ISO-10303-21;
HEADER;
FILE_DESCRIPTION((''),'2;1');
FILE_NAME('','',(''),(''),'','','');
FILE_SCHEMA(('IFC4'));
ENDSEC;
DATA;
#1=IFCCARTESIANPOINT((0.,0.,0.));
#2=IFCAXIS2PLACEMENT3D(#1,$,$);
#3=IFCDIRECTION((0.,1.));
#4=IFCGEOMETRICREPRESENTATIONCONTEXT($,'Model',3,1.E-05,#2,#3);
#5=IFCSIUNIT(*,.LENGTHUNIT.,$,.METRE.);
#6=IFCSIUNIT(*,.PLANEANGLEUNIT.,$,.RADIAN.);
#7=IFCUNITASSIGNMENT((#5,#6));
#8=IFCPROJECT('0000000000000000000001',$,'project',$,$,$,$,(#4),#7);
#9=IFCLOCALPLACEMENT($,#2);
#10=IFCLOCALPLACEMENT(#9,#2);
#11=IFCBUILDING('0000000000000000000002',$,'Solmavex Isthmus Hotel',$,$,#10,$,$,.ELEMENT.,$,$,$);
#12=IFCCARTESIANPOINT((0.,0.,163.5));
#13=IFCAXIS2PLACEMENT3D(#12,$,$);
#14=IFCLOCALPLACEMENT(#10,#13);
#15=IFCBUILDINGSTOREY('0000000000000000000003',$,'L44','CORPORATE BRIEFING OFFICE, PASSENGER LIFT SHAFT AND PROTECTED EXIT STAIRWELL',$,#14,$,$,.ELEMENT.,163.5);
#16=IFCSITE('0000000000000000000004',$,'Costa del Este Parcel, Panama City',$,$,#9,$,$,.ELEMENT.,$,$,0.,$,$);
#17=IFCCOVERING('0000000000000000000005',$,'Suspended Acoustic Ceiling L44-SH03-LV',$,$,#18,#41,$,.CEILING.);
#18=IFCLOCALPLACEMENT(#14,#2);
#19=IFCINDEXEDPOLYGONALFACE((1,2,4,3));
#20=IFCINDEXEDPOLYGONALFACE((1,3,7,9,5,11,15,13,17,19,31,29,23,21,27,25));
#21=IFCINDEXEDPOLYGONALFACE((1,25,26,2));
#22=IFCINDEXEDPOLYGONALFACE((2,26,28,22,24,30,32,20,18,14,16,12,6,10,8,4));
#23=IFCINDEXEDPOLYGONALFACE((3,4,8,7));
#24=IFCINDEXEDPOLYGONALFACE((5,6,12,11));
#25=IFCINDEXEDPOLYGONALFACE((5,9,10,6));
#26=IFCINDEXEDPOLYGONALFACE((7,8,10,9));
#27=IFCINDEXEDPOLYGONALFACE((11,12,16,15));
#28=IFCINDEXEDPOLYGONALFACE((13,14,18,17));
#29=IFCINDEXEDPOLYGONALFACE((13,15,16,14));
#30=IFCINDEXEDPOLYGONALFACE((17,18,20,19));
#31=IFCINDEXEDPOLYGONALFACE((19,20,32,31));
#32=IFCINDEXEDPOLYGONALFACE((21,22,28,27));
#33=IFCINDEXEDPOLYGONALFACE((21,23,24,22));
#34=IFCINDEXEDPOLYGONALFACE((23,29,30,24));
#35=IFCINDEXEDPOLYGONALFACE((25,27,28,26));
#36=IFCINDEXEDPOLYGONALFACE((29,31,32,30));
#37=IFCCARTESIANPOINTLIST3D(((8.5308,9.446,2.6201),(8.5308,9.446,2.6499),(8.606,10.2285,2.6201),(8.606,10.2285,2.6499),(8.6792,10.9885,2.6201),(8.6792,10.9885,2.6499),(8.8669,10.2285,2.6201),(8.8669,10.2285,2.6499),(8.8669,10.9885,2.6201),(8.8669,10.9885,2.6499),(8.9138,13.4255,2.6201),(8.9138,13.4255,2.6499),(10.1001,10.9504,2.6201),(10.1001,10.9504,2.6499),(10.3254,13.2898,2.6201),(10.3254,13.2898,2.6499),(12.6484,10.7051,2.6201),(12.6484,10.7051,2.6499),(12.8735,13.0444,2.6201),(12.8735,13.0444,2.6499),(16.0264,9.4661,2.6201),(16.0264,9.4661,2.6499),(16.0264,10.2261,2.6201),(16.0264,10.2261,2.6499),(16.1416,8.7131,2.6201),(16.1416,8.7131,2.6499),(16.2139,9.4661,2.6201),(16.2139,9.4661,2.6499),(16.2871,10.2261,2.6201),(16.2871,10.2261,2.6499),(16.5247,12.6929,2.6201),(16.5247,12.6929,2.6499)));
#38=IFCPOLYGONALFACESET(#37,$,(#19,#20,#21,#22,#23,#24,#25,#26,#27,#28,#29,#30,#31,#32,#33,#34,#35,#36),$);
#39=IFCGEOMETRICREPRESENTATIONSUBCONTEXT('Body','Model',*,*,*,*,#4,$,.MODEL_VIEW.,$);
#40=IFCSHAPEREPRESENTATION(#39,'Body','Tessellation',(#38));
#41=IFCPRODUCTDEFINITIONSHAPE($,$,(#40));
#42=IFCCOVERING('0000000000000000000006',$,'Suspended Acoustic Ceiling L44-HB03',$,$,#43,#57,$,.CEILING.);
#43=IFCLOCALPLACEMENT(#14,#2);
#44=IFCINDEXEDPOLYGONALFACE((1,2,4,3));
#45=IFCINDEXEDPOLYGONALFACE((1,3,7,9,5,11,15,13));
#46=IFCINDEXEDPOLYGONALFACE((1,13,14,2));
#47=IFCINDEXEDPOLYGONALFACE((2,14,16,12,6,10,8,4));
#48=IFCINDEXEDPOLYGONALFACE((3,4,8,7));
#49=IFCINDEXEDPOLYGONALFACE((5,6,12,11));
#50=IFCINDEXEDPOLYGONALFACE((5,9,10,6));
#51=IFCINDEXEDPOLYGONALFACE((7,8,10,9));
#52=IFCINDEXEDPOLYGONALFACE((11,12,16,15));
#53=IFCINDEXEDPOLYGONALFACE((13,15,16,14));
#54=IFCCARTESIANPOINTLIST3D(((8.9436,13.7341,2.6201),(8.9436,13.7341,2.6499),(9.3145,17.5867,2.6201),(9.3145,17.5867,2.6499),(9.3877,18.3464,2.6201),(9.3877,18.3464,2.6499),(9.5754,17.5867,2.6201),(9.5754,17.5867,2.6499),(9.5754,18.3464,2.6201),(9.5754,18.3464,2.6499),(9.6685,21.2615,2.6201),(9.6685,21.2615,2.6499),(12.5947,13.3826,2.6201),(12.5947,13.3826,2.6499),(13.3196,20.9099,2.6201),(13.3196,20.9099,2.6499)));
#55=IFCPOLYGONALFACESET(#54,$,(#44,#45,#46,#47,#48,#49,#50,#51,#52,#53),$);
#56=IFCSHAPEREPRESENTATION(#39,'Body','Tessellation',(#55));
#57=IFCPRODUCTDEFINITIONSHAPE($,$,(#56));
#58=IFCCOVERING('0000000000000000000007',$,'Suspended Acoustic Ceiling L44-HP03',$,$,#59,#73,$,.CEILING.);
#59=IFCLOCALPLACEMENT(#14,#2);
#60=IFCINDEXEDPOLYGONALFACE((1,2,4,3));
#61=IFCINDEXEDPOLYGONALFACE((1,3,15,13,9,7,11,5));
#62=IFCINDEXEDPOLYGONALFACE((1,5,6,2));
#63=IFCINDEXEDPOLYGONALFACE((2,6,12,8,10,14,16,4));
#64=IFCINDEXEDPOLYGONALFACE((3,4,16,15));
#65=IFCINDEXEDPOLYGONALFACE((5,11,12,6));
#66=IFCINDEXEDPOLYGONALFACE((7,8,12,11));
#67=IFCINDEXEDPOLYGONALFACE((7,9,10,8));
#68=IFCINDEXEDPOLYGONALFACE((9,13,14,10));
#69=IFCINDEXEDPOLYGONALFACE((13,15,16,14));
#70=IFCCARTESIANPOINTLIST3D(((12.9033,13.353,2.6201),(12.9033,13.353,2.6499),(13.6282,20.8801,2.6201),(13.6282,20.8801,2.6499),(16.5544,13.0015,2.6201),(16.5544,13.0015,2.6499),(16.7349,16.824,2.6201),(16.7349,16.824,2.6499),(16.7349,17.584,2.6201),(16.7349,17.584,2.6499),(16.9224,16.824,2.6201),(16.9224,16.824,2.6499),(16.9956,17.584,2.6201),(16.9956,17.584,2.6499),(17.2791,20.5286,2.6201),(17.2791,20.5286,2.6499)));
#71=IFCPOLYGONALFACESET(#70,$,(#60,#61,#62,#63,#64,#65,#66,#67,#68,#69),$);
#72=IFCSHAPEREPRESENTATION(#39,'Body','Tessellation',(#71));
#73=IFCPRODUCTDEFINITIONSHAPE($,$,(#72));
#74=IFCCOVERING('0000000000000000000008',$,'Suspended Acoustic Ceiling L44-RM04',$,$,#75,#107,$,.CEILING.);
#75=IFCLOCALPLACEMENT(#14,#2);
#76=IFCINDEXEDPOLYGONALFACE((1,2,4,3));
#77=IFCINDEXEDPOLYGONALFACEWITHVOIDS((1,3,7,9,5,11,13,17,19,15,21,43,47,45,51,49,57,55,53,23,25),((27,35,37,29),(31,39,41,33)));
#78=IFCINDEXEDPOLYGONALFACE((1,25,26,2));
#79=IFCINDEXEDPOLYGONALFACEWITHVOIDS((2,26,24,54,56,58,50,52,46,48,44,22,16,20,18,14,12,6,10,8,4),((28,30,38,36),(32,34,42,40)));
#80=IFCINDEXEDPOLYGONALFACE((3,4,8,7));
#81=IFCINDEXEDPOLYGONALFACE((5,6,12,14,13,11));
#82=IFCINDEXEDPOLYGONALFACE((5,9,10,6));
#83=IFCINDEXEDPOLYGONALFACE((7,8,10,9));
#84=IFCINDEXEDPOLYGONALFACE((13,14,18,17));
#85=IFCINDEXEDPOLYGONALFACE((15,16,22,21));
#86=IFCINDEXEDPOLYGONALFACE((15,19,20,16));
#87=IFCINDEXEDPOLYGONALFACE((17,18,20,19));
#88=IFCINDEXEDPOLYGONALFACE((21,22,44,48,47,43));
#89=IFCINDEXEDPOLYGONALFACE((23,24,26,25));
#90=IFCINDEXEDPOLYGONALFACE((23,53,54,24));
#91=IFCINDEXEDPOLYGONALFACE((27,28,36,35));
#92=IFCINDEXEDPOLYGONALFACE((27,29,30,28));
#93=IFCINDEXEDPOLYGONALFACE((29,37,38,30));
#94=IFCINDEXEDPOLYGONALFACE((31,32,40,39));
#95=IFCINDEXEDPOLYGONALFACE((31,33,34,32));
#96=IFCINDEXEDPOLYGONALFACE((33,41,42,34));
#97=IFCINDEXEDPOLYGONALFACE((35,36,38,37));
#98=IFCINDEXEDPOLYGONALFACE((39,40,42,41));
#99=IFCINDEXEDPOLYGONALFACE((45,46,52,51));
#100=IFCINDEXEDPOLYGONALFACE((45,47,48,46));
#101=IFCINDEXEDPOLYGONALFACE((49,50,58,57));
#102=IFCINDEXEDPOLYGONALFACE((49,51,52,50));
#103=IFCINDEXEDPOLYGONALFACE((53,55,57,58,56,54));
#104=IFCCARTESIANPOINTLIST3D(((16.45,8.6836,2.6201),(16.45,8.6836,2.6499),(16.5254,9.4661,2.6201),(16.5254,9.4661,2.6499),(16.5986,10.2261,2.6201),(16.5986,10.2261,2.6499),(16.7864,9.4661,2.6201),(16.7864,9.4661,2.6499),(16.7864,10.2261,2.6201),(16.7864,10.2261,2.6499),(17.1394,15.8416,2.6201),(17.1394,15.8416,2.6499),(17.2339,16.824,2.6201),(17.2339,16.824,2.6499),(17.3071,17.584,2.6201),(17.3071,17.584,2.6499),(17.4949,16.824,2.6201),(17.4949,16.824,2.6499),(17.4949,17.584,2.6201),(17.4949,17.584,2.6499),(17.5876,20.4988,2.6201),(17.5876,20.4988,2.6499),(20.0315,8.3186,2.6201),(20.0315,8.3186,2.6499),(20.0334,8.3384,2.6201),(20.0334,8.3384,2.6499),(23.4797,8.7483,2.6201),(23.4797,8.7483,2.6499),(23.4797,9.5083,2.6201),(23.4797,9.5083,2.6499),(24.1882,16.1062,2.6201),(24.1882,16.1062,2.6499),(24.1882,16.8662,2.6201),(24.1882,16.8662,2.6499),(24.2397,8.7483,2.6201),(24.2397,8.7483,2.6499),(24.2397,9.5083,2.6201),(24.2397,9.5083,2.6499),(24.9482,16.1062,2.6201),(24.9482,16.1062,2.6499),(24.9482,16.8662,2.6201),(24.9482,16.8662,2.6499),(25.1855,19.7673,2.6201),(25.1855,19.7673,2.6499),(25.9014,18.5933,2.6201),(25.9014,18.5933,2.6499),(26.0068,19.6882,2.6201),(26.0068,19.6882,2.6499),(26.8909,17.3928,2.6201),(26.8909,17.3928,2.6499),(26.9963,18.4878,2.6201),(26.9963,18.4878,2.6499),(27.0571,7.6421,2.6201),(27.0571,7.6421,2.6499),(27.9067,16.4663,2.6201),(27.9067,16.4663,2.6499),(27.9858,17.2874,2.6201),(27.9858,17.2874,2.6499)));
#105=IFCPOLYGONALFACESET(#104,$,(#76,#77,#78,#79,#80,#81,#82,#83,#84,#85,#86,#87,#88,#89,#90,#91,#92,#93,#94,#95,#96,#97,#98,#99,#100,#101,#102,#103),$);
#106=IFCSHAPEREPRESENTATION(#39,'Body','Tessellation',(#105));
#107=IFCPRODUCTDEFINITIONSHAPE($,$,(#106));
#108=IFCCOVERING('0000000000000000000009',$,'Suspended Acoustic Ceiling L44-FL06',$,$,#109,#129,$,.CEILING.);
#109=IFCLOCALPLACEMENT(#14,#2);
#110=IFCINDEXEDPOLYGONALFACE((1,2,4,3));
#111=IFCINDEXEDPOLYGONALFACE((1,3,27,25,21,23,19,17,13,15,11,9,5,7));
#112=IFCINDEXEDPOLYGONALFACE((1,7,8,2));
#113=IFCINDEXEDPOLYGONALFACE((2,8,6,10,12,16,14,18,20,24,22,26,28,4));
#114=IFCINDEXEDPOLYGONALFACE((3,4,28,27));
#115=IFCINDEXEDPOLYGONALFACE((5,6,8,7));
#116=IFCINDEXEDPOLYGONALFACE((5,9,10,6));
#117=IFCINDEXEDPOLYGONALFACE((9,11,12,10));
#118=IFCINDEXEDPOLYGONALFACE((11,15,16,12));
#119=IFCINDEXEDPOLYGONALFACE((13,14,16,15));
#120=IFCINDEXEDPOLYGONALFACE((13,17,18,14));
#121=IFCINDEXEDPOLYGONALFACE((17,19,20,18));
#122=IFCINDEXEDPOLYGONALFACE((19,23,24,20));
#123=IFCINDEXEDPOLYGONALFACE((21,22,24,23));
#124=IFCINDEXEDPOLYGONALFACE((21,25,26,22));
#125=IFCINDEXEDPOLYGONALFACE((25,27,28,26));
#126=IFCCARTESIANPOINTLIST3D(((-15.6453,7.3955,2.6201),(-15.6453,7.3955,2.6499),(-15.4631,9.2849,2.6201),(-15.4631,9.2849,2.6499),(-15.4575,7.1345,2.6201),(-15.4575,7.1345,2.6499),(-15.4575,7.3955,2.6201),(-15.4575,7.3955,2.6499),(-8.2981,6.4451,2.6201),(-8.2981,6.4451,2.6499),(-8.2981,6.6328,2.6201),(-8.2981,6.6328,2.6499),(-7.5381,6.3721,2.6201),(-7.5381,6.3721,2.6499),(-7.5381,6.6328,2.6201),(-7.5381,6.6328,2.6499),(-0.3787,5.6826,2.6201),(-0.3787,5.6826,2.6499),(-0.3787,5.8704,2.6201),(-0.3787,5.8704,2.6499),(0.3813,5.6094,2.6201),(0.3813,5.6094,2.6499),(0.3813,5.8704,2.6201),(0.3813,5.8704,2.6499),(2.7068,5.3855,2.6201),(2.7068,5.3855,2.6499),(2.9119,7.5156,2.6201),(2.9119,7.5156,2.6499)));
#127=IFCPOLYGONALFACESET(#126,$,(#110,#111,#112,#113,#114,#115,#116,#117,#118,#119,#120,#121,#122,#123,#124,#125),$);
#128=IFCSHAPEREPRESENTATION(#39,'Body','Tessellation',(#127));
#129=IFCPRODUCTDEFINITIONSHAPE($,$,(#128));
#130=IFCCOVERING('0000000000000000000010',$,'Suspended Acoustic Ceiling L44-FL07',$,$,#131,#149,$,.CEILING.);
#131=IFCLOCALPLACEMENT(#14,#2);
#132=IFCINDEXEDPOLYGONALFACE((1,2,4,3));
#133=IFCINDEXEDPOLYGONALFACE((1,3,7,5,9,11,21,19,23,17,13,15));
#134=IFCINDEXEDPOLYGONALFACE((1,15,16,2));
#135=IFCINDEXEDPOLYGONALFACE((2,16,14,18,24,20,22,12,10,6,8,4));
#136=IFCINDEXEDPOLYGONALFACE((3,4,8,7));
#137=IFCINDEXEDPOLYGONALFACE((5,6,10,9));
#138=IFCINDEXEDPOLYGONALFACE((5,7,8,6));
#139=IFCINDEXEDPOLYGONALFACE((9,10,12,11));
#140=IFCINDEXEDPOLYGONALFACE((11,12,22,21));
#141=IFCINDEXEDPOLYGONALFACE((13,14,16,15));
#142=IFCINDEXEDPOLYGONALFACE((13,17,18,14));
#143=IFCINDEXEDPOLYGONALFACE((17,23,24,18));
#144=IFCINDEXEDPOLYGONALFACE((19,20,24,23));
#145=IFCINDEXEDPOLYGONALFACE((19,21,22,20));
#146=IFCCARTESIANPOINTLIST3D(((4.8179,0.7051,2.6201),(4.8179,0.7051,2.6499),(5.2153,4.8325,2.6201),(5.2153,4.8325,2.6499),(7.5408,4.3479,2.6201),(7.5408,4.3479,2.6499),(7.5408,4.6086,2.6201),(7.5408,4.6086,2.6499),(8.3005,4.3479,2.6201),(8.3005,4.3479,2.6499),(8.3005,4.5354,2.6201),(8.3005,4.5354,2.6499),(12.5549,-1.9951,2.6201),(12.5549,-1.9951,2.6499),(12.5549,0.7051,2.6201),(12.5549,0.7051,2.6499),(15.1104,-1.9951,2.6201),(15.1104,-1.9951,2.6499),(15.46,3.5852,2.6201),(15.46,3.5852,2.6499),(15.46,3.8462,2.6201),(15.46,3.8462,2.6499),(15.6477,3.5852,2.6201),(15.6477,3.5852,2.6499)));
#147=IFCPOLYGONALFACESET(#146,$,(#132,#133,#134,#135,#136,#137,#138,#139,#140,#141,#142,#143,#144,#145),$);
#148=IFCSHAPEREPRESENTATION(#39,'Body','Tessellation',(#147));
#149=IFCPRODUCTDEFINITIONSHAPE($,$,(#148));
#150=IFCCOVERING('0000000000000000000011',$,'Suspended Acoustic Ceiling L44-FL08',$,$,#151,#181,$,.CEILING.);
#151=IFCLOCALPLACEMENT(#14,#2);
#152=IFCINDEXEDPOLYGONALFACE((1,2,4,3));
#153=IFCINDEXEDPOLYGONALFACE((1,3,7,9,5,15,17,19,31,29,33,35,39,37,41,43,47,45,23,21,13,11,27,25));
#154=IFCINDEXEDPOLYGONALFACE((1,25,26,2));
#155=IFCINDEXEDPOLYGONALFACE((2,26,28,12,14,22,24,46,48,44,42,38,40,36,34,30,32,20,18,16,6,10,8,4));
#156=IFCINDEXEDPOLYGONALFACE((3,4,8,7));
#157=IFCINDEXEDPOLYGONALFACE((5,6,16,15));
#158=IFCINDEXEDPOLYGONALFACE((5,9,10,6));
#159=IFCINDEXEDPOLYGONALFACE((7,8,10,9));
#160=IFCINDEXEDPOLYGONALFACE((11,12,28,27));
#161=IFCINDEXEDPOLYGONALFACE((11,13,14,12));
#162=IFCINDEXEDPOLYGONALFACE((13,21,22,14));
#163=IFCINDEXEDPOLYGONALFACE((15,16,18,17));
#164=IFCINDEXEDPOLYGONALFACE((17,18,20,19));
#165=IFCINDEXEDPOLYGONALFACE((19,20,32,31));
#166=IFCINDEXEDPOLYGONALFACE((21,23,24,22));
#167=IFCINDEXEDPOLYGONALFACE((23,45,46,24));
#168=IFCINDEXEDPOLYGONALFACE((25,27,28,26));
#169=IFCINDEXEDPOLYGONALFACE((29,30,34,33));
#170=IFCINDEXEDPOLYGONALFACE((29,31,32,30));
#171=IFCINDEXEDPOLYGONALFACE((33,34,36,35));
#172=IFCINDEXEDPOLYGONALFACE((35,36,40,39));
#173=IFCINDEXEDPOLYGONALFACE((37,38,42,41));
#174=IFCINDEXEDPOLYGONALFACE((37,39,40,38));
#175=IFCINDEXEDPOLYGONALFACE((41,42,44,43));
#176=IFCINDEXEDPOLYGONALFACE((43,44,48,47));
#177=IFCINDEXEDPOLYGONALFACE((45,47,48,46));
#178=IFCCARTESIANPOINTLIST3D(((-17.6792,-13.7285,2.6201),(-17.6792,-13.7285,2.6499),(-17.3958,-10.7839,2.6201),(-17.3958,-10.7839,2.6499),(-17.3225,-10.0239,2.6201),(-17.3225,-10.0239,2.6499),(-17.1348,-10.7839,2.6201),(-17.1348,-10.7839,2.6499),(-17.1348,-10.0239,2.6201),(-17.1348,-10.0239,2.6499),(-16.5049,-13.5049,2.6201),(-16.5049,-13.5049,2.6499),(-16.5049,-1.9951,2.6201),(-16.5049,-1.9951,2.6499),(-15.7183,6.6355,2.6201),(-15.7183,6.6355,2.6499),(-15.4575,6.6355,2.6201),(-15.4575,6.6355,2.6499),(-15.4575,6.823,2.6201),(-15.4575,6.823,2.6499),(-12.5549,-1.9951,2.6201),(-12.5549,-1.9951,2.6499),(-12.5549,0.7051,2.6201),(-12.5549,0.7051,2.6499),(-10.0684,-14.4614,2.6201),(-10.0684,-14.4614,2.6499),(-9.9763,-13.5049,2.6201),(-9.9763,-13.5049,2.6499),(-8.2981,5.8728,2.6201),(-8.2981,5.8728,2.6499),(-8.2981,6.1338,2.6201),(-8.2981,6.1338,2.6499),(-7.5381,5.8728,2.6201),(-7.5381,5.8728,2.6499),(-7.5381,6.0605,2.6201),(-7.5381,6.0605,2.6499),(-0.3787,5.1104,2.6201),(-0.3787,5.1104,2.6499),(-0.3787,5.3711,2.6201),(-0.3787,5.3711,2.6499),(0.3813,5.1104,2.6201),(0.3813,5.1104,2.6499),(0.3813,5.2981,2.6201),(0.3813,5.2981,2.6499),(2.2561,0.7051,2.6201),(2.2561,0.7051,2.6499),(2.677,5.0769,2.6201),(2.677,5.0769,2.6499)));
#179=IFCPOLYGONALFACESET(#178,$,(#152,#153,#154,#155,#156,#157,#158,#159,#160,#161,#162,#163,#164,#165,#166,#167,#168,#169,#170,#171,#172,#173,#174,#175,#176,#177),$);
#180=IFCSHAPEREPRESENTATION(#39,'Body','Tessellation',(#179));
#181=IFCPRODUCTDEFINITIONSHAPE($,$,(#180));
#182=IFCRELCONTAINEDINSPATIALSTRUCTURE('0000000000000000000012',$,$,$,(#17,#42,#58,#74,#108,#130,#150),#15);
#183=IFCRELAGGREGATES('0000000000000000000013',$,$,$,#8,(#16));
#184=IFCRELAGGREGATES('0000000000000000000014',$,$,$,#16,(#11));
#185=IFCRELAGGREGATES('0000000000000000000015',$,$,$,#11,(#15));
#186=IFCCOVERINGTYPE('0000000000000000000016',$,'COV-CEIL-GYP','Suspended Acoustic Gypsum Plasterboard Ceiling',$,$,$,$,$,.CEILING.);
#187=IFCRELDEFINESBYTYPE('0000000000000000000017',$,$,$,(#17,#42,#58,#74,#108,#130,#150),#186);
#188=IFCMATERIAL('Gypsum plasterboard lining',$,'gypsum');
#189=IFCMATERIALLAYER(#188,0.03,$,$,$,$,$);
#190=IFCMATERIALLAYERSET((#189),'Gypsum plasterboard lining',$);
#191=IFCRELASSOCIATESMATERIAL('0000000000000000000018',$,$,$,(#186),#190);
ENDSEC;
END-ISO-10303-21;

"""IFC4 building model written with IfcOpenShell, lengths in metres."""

from ifc_helpers import new_model, si_unit, direction, frame, origin, place, context, subcontext, project, spatial, polyline, outline, extrude, material, layer, layer_set, type_object, element, save


model = new_model("IFC4")

# Units and contexts
model_context = context("Model", 3, precision=1e-05, world=origin(), true_north=direction((0.0, 1.0)))
body_context = subcontext(model_context, "Body", "Model", "MODEL_VIEW")
ifc_project = project(units=[si_unit("LENGTHUNIT", "METRE"), si_unit("PLANEANGLEUNIT", "RADIAN")], contexts=[model_context])

# Site, building, storey
site_placement = place(None, origin())
site = spatial("IfcSite", under=ifc_project, at=site_placement, Name="Costa del Este Parcel, Panama City", CompositionType="ELEMENT", RefElevation=0.0)
building_placement = place(site_placement, origin())
building = spatial("IfcBuilding", under=site, at=building_placement, Name="Solmavex Isthmus Hotel", CompositionType="ELEMENT")
storey_placement = place(building_placement, frame((0.0, 0.0, 163.5)))
storey = spatial("IfcBuildingStorey", under=building, at=storey_placement, Name="L44", Description="CORPORATE BRIEFING OFFICE, PASSENGER LIFT SHAFT AND PROTECTED EXIT STAIRWELL", CompositionType="ELEMENT", Elevation=163.5)

# Shared definitions
ifc_material_1 = material(Name="Gypsum plasterboard lining", Category="gypsum")

# Coverings
ifc_layer_1 = layer(ifc_material_1, 0.03)
ifc_layer_set_1 = layer_set([ifc_layer_1], Name="Gypsum plasterboard lining")
covering_type_1 = type_object("IfcCoveringType", Name="COV-CEIL-GYP", Description="Suspended Acoustic Gypsum Plasterboard Ceiling", PredefinedType="CEILING", material=ifc_layer_set_1)
covering_1_placement = place(storey_placement, frame((0.0, 0.0, 2.6201)))
element("IfcCovering", 1, at=covering_1_placement, inside=storey, type_object=covering_type_1, Name="Suspended Acoustic Ceiling L44-SH03-LV", PredefinedType="CEILING", context=body_context, shape_type="SweptSolid", body=[
    extrude(outline(polyline([(12.8735, 13.0444), (12.6484, 10.7051), (10.1001, 10.9504), (10.3254, 13.2898), (8.9138, 13.4255), (8.6792, 10.9885), (8.8669, 10.9885), (8.8669, 10.2285), (8.606, 10.2285), (8.5308, 9.446), (16.1416, 8.7131), (16.2139, 9.4661), (16.0264, 9.4661), (16.0264, 10.2261), (16.2871, 10.2261), (16.5247, 12.6929), (12.8735, 13.0444)])), origin(), (0.0, 0.0, 1.0), 0.0298),
])
covering_2_placement = place(storey_placement, frame((0.0, 0.0, 2.6201)))
element("IfcCovering", 2, at=covering_2_placement, inside=storey, type_object=covering_type_1, Name="Suspended Acoustic Ceiling L44-HB03", PredefinedType="CEILING", context=body_context, shape_type="SweptSolid", body=[
    extrude(outline(polyline([(9.3877, 18.3464), (9.5754, 18.3464), (9.5754, 17.5867), (9.3145, 17.5867), (8.9436, 13.7341), (12.5947, 13.3826), (13.3196, 20.9099), (9.6685, 21.2615), (9.3877, 18.3464)])), origin(), (0.0, 0.0, 1.0), 0.0298),
])
covering_3_placement = place(storey_placement, frame((0.0, 0.0, 2.6201)))
element("IfcCovering", 3, at=covering_3_placement, inside=storey, type_object=covering_type_1, Name="Suspended Acoustic Ceiling L44-HP03", PredefinedType="CEILING", context=body_context, shape_type="SweptSolid", body=[
    extrude(outline(polyline([(16.9224, 16.824), (16.7349, 16.824), (16.7349, 17.584), (16.9956, 17.584), (17.2791, 20.5286), (13.6282, 20.8801), (12.9033, 13.353), (16.5544, 13.0015), (16.9224, 16.824)])), origin(), (0.0, 0.0, 1.0), 0.0298),
])
covering_4_placement = place(storey_placement, frame((0.0, 0.0, 2.6201)))
element("IfcCovering", 4, at=covering_4_placement, inside=storey, type_object=covering_type_1, Name="Suspended Acoustic Ceiling L44-RM04", PredefinedType="CEILING", context=body_context, shape_type="SweptSolid", body=[
    extrude(outline(polyline([(17.3071, 17.584), (17.4949, 17.584), (17.4949, 16.824), (17.2339, 16.824), (17.1394, 15.8416), (16.5986, 10.2261), (16.7864, 10.2261), (16.7864, 9.4661), (16.5254, 9.4661), (16.45, 8.6836), (20.0334, 8.3384), (20.0315, 8.3186), (27.0571, 7.6421), (27.9067, 16.4663), (27.9858, 17.2874), (26.8909, 17.3928), (26.9963, 18.4878), (25.9014, 18.5933), (26.0068, 19.6882), (25.1855, 19.7673), (17.5876, 20.4988), (17.3071, 17.584)]), holes=[polyline([(24.1882, 16.1062), (24.1882, 16.8662), (24.9482, 16.8662), (24.9482, 16.1062), (24.1882, 16.1062)]), polyline([(23.4797, 8.7483), (23.4797, 9.5083), (24.2397, 9.5083), (24.2397, 8.7483), (23.4797, 8.7483)])]), origin(), (0.0, 0.0, 1.0), 0.0298),
])
covering_5_placement = place(storey_placement, frame((0.0, 0.0, 2.6201)))
element("IfcCovering", 5, at=covering_5_placement, inside=storey, type_object=covering_type_1, Name="Suspended Acoustic Ceiling L44-FL06", PredefinedType="CEILING", context=body_context, shape_type="SweptSolid", body=[
    extrude(outline(polyline([(-0.3787, 5.6826), (-0.3787, 5.8704), (0.3813, 5.8704), (0.3813, 5.6094), (2.7068, 5.3855), (2.9119, 7.5156), (-15.4631, 9.2849), (-15.6453, 7.3955), (-15.4575, 7.3955), (-15.4575, 7.1345), (-8.2981, 6.4451), (-8.2981, 6.6328), (-7.5381, 6.6328), (-7.5381, 6.3721), (-0.3787, 5.6826)])), origin(), (0.0, 0.0, 1.0), 0.0298),
])
covering_6_placement = place(storey_placement, frame((0.0, 0.0, 2.6201)))
element("IfcCovering", 6, at=covering_6_placement, inside=storey, type_object=covering_type_1, Name="Suspended Acoustic Ceiling L44-FL07", PredefinedType="CEILING", context=body_context, shape_type="SweptSolid", body=[
    extrude(outline(polyline([(8.3005, 4.5354), (8.3005, 4.3479), (7.5408, 4.3479), (7.5408, 4.6086), (5.2153, 4.8325), (4.8179, 0.7051), (12.5549, 0.7051), (12.5549, -1.9951), (15.1104, -1.9951), (15.6477, 3.5852), (15.46, 3.5852), (15.46, 3.8462), (8.3005, 4.5354)])), origin(), (0.0, 0.0, 1.0), 0.0298),
])
covering_7_placement = place(storey_placement, frame((0.0, 0.0, 2.6201)))
element("IfcCovering", 7, at=covering_7_placement, inside=storey, type_object=covering_type_1, Name="Suspended Acoustic Ceiling L44-FL08", PredefinedType="CEILING", context=body_context, shape_type="SweptSolid", body=[
    extrude(outline(polyline([(-17.3225, -10.0239), (-17.1348, -10.0239), (-17.1348, -10.7839), (-17.3958, -10.7839), (-17.6792, -13.7285), (-10.0684, -14.4614), (-9.9763, -13.5049), (-16.5049, -13.5049), (-16.5049, -1.9951), (-12.5549, -1.9951), (-12.5549, 0.7051), (2.2561, 0.7051), (2.677, 5.0769), (0.3813, 5.2981), (0.3813, 5.1104), (-0.3787, 5.1104), (-0.3787, 5.3711), (-7.5381, 6.0605), (-7.5381, 5.8728), (-8.2981, 5.8728), (-8.2981, 6.1338), (-15.4575, 6.823), (-15.4575, 6.6355), (-15.7183, 6.6355), (-17.3225, -10.0239)])), origin(), (0.0, 0.0, 1.0), 0.0298),
])

save(model, "model.ifc")
